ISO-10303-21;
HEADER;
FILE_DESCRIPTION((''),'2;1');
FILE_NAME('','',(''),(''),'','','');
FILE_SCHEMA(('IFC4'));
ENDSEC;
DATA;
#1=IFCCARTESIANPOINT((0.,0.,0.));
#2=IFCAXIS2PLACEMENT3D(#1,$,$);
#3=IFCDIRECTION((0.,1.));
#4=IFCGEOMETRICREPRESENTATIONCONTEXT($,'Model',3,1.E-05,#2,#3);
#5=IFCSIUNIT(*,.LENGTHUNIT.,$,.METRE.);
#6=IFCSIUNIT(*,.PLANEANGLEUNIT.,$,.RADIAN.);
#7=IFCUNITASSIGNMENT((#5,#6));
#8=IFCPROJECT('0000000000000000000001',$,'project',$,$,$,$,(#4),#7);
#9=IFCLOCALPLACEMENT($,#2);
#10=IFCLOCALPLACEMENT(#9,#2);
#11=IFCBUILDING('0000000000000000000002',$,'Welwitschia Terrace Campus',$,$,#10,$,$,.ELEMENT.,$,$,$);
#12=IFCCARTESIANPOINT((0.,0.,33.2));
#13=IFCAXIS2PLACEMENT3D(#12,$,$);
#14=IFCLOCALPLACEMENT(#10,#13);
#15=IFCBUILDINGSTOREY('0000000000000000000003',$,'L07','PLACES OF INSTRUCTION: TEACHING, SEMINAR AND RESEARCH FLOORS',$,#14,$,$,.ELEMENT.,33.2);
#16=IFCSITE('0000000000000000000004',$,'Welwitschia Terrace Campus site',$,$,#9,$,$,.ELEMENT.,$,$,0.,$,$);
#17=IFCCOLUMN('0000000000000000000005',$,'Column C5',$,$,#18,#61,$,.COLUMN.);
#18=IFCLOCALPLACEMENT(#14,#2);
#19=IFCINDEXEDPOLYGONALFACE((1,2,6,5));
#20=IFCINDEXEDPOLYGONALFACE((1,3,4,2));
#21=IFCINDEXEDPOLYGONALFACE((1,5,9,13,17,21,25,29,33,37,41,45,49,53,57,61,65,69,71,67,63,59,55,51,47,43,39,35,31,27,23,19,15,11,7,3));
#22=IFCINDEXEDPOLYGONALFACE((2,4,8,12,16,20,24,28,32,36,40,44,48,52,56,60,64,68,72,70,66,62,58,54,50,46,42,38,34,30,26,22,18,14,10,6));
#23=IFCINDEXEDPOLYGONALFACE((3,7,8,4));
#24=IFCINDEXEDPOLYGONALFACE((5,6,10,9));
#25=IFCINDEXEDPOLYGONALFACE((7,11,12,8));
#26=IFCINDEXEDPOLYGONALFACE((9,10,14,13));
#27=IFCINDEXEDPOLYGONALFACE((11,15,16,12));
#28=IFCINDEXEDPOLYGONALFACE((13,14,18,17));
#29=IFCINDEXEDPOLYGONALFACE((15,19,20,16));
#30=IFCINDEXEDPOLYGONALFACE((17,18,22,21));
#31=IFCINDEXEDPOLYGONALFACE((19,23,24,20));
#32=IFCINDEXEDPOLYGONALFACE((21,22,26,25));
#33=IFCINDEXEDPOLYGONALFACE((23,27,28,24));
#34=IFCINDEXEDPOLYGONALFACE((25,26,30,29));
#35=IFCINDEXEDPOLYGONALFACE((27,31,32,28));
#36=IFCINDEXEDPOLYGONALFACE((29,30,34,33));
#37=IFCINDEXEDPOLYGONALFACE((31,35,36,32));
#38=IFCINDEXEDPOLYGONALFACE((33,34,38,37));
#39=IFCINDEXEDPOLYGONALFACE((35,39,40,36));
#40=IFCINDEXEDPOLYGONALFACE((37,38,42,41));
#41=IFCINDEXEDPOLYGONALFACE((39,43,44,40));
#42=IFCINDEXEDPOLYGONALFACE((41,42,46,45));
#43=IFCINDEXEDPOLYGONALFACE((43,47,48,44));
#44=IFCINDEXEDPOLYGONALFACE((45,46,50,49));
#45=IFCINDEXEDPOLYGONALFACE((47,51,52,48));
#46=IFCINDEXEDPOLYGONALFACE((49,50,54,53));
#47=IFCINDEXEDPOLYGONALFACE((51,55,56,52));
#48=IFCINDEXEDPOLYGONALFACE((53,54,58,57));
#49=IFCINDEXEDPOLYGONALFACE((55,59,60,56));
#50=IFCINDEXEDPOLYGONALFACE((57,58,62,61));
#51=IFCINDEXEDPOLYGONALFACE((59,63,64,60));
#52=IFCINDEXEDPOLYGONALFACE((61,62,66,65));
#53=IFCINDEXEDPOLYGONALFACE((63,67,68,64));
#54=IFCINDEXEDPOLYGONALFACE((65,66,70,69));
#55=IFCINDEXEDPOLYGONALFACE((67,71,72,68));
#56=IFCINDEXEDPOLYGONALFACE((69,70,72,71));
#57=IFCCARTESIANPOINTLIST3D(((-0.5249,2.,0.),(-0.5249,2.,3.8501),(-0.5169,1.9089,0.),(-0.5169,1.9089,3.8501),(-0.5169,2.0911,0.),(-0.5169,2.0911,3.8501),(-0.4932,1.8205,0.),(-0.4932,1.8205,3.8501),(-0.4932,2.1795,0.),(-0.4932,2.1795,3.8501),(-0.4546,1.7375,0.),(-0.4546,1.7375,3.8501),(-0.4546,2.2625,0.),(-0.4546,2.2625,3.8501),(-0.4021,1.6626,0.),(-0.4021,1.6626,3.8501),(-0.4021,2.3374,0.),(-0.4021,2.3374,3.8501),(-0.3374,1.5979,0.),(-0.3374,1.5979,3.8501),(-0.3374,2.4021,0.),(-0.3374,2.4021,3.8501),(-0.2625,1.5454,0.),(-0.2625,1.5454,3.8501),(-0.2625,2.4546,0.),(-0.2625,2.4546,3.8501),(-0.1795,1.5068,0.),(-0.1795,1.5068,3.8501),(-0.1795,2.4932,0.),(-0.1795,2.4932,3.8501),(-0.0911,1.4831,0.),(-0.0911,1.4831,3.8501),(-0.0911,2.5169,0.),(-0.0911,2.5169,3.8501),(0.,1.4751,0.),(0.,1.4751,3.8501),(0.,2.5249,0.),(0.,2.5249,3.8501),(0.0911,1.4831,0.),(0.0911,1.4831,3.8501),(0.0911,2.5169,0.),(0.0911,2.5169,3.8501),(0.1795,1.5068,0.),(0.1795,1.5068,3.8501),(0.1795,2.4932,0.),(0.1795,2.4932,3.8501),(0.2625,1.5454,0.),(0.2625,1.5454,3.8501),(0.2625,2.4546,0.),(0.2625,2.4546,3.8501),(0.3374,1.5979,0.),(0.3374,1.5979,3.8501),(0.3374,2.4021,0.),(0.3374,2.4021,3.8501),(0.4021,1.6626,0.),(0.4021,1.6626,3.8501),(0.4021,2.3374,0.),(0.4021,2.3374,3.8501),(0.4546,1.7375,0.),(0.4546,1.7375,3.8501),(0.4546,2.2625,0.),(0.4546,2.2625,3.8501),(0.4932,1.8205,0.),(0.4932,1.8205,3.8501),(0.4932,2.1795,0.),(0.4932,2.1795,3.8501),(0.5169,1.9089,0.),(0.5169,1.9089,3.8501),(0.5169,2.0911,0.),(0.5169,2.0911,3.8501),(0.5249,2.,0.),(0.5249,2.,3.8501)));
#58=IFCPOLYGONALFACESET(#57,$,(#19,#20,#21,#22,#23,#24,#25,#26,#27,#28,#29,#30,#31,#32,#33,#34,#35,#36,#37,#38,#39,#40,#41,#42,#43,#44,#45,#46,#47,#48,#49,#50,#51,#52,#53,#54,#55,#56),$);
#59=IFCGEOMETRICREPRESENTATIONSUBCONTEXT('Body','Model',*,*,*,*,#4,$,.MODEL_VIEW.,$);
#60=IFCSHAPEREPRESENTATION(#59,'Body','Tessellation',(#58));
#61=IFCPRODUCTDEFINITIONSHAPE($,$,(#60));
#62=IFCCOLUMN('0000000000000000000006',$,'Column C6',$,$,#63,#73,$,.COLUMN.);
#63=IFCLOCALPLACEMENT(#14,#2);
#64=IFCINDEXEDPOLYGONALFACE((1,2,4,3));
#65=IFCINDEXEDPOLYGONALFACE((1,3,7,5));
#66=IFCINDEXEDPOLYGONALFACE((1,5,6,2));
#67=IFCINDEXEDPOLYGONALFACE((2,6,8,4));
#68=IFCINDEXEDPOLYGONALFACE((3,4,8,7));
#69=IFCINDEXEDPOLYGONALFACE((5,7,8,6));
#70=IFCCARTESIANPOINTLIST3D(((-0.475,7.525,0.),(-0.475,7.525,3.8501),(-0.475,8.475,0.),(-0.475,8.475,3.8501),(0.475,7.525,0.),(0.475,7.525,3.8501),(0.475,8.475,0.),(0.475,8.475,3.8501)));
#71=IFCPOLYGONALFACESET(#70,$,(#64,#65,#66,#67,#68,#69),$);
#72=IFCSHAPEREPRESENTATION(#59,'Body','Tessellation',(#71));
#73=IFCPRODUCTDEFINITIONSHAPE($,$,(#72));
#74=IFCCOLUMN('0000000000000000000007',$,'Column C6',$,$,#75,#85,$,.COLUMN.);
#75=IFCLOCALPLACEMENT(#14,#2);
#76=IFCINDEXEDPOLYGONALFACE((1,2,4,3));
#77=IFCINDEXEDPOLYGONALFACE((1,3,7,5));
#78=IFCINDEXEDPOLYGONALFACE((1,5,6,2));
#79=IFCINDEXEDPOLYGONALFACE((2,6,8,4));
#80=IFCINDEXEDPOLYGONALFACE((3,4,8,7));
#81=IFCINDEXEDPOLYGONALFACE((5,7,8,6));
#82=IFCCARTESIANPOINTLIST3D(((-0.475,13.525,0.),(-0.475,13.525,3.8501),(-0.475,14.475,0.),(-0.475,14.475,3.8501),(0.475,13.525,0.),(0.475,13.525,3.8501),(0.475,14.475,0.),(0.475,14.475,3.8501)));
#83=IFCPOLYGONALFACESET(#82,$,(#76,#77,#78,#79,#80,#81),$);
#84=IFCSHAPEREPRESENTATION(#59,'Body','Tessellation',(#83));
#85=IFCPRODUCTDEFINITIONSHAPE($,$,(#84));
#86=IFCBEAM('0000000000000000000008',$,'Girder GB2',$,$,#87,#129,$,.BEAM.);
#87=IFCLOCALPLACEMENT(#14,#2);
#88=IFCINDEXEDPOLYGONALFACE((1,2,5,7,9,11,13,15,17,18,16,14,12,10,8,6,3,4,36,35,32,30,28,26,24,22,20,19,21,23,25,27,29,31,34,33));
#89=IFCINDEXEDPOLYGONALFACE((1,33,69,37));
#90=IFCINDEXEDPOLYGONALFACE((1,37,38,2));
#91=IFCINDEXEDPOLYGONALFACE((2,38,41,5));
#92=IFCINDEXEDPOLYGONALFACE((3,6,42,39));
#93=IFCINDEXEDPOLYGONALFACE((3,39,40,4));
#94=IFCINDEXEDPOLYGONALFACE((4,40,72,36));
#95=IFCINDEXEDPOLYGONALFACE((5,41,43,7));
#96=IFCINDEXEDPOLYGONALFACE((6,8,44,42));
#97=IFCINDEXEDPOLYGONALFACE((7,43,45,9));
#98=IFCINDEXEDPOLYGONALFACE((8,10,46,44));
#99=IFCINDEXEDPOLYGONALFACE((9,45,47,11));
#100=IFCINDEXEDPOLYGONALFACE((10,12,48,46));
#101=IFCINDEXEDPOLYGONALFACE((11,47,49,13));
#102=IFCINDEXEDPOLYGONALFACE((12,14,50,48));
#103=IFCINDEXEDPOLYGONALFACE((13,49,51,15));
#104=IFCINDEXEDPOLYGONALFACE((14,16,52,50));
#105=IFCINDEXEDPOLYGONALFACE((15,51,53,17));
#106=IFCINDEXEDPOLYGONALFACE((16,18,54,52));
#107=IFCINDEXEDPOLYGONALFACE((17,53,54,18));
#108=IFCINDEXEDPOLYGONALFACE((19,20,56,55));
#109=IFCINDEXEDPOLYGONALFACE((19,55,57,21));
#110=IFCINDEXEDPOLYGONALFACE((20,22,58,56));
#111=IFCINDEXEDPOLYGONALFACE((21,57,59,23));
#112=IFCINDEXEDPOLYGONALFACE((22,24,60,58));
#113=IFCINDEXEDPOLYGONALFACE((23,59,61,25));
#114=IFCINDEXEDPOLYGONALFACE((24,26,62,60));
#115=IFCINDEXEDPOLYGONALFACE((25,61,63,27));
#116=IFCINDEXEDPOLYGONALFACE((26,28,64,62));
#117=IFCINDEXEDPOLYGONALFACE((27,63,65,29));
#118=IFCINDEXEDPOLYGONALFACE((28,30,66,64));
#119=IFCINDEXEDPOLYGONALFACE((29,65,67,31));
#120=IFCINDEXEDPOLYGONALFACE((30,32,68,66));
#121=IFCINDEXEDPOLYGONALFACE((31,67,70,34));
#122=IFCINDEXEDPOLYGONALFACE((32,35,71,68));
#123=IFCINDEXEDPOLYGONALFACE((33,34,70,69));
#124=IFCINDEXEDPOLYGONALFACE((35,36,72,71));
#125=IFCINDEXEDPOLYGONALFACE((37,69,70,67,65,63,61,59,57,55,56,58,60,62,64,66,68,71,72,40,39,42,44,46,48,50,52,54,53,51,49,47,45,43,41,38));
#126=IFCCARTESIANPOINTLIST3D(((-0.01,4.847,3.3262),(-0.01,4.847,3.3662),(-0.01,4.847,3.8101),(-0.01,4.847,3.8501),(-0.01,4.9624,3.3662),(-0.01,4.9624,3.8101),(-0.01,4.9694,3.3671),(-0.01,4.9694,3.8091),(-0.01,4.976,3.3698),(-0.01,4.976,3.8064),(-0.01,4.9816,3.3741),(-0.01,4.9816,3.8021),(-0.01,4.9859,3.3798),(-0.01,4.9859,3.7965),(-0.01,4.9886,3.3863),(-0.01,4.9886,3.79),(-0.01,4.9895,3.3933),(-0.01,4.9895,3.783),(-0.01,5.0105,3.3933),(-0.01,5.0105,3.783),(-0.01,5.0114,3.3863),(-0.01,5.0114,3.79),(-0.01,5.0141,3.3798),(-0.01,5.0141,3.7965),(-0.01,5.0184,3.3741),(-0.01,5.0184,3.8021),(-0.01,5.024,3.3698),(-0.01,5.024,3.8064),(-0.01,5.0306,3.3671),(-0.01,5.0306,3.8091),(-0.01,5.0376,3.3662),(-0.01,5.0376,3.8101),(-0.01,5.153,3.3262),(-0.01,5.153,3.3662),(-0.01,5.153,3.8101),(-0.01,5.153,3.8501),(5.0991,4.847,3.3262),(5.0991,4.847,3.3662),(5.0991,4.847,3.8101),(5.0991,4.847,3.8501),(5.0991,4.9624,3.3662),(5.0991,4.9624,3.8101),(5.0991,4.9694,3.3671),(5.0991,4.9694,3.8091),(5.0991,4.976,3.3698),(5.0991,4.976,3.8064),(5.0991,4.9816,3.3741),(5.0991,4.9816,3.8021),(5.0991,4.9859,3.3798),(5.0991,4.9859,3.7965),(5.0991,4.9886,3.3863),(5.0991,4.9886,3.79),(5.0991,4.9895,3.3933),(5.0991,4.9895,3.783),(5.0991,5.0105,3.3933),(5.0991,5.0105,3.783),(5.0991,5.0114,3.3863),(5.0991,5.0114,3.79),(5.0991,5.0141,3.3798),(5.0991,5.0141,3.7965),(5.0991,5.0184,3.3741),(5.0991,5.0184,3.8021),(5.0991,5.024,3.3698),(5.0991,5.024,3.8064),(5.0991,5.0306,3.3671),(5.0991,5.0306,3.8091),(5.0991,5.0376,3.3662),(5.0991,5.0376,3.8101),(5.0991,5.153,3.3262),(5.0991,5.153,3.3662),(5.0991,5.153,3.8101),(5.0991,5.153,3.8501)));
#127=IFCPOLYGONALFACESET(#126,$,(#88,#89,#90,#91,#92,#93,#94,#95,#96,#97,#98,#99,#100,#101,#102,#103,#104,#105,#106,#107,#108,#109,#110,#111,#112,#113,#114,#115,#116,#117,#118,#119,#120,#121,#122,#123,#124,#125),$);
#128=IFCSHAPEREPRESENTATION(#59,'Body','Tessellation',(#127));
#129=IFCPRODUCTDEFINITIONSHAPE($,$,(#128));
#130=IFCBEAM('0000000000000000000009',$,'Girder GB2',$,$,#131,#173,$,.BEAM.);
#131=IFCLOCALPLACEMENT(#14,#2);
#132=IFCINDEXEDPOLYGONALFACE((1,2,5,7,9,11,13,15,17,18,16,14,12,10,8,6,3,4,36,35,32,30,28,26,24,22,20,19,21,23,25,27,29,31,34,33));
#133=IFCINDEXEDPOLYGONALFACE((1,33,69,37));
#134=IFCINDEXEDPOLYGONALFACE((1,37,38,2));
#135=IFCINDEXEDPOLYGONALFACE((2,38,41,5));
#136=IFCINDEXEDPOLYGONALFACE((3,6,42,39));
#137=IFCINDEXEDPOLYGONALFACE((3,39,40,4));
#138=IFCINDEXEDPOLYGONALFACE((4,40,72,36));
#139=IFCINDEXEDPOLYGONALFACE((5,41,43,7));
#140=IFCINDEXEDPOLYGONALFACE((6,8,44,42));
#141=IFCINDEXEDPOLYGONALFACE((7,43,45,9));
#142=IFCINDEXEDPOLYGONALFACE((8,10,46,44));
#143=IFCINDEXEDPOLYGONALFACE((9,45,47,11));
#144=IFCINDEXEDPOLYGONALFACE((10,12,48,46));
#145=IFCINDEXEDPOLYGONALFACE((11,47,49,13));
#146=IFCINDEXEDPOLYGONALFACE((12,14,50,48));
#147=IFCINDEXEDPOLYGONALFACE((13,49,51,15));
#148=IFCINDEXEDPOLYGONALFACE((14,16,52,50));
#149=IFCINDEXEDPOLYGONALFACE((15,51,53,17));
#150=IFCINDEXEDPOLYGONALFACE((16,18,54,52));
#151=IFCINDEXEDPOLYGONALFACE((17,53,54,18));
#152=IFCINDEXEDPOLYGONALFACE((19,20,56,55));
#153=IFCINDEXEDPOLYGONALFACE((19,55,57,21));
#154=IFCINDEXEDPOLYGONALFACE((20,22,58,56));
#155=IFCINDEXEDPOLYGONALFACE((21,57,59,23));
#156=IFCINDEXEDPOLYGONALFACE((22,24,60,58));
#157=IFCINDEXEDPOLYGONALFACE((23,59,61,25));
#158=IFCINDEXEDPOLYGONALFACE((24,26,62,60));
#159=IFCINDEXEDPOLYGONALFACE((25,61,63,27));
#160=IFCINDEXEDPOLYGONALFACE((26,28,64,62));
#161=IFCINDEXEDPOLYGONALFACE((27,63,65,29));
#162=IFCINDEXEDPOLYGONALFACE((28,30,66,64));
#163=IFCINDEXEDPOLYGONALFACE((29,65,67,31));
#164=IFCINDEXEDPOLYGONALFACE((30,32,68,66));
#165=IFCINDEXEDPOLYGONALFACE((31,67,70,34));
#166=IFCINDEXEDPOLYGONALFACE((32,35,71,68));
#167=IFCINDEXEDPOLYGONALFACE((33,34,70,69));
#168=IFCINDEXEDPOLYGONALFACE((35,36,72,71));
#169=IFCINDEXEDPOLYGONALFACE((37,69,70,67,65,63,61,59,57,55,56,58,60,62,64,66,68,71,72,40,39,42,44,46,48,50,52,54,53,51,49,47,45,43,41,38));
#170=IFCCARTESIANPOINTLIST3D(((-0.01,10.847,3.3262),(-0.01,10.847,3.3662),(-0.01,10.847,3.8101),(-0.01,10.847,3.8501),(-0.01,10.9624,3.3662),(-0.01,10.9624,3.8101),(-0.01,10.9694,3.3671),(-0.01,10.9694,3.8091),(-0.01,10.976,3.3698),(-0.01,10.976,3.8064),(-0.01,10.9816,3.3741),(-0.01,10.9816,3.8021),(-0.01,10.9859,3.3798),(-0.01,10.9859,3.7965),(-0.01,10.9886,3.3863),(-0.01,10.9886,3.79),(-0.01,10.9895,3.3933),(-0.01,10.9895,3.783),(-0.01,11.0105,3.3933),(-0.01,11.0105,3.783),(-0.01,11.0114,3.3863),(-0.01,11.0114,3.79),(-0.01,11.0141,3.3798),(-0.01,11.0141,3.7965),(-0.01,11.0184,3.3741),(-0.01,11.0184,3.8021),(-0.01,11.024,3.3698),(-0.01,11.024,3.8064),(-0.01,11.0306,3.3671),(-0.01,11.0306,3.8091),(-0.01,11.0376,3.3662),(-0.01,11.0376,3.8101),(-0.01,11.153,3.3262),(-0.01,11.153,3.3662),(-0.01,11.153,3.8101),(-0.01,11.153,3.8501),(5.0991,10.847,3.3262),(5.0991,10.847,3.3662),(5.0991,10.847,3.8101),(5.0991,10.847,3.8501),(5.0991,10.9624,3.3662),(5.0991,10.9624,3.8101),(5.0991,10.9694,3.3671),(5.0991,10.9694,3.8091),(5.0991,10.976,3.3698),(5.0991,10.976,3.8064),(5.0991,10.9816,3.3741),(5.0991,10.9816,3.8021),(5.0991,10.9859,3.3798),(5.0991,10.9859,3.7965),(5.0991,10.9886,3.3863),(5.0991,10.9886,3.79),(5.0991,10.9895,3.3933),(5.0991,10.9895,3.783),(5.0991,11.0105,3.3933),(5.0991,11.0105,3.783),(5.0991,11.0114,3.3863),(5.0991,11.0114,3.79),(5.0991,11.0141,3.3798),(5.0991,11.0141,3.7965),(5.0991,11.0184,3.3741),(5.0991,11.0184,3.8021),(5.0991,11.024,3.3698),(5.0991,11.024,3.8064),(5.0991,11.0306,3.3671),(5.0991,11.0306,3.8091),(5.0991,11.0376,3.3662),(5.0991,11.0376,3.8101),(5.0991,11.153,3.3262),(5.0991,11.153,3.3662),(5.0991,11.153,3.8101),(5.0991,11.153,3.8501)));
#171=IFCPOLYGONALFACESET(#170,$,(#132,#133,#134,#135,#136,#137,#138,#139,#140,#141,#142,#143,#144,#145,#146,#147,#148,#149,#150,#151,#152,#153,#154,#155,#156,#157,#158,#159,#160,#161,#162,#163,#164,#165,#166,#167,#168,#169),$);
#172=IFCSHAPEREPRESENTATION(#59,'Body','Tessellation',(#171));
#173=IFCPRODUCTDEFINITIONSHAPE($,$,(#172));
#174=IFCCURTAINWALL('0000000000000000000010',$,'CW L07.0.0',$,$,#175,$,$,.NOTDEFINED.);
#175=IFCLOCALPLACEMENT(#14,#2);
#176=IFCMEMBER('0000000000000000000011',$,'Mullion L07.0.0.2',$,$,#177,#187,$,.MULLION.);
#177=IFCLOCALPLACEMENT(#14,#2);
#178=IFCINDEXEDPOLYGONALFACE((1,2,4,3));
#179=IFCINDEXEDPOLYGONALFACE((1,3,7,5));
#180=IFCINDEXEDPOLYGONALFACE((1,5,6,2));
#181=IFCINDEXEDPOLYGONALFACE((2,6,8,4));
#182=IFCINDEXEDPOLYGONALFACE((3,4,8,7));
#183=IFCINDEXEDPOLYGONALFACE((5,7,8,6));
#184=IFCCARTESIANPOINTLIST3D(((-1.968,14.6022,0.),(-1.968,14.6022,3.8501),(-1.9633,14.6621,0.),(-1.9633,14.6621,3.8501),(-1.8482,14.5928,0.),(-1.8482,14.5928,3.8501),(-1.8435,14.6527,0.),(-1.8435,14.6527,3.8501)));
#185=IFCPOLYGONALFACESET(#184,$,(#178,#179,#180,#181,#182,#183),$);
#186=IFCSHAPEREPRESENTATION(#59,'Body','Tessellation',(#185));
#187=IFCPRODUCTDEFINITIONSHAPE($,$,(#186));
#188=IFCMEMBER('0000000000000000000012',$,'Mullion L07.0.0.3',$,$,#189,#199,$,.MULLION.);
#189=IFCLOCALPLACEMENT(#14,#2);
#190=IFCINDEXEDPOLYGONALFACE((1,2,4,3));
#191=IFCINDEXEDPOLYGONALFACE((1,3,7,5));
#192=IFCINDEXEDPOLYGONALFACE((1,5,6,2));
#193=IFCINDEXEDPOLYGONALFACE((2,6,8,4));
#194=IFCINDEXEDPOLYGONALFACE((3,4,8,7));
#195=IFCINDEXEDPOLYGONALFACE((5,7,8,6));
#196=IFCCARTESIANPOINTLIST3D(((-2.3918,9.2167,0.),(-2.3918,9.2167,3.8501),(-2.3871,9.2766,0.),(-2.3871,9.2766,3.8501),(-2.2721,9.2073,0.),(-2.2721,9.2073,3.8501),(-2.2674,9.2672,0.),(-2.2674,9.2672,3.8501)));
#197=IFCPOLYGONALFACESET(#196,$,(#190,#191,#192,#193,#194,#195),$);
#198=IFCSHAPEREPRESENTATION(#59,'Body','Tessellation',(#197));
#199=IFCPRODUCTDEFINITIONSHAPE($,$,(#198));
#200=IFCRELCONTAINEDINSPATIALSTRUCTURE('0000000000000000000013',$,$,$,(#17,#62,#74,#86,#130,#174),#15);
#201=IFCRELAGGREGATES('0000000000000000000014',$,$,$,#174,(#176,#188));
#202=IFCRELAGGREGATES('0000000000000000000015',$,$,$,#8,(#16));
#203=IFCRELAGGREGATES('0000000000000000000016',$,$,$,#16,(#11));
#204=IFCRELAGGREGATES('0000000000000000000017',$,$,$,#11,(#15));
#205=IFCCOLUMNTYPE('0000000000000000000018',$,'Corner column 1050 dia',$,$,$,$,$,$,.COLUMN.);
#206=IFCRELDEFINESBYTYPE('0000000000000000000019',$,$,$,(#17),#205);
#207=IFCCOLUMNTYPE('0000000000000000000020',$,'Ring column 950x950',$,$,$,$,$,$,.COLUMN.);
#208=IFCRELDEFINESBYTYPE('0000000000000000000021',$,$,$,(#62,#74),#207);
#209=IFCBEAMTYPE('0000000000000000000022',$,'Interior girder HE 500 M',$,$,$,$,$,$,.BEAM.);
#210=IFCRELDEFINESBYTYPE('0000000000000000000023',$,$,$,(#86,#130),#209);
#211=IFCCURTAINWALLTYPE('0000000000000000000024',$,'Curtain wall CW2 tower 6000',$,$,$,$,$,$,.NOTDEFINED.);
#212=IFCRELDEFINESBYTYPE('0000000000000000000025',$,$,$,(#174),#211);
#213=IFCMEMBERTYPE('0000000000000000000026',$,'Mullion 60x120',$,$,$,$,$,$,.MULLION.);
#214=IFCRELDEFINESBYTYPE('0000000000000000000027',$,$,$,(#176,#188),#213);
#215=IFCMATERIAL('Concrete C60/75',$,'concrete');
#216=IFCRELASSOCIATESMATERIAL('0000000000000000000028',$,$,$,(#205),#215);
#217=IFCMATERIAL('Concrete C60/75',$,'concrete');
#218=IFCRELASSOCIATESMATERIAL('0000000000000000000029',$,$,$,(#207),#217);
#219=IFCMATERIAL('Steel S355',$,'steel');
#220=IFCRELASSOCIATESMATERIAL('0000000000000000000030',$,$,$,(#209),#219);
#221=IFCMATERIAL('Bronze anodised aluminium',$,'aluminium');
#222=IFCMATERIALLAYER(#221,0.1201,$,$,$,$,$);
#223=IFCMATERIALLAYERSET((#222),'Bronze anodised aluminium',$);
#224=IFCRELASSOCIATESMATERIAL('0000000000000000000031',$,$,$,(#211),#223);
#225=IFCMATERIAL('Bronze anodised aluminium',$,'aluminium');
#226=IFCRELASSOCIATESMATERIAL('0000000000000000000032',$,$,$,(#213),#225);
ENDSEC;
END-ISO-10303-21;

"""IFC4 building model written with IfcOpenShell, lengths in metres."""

from ifc_helpers import new_model, si_unit, direction, frame, origin, origin_2d, place, context, subcontext, project, spatial, rectangle, circle, i_section, extrude, material, layer, layer_set, material_profile, profile_set, type_object, element, aggregate, save


model = new_model("IFC4")

# Units and contexts
model_context = context("Model", 3, precision=1e-05, world=origin(), true_north=direction((0.0, 1.0)))
body_context = subcontext(model_context, "Body", "Model", "MODEL_VIEW")
ifc_project = project(units=[si_unit("LENGTHUNIT", "METRE"), si_unit("PLANEANGLEUNIT", "RADIAN")], contexts=[model_context])

# Site, building, storey
site_placement = place(None, origin())
site = spatial("IfcSite", under=ifc_project, at=site_placement, Name="Welwitschia Terrace Campus site", CompositionType="ELEMENT", RefElevation=0.0)
building_placement = place(site_placement, origin())
building = spatial("IfcBuilding", under=site, at=building_placement, Name="Welwitschia Terrace Campus", CompositionType="ELEMENT")
storey_placement = place(building_placement, frame((0.0, 0.0, 33.2)))
storey = spatial("IfcBuildingStorey", under=building, at=storey_placement, Name="L07", Description="PLACES OF INSTRUCTION: TEACHING, SEMINAR AND RESEARCH FLOORS", CompositionType="ELEMENT", Elevation=33.2)

# Columns
ifc_material_1 = material(Name="Concrete C60/75", Category="concrete")
ifc_material_profile_1 = material_profile(ifc_material_1, circle(Radius=0.5249, at=origin_2d()))
ifc_profile_set_1 = profile_set([ifc_material_profile_1], Name="Concrete C60/75")
column_type_1 = type_object("IfcColumnType", Name="Corner column 1050 dia", PredefinedType="COLUMN", material=ifc_profile_set_1)
column_placement = place(storey_placement, frame((0.0, 2.0, 0.0), z_axis=(0.0, 0.0, 1.0), x_axis=(1.0, 0.0, 0.0)))
element("IfcColumn", 1, at=column_placement, inside=storey, type_object=column_type_1, Name="Column C5", PredefinedType="COLUMN", context=body_context, shape_type="SweptSolid", body=[
    extrude(circle(Radius=0.5249, at=origin_2d()), origin(), (0.0, 0.0, 1.0), 3.8501),
])
ifc_material_2 = material(Name="Concrete C60/75", Category="concrete")
ifc_material_profile_2 = material_profile(ifc_material_2, rectangle(XDim=0.95, YDim=0.95, at=origin_2d()))
ifc_profile_set_2 = profile_set([ifc_material_profile_2], Name="Concrete C60/75")
column_type_2 = type_object("IfcColumnType", Name="Ring column 950x950", PredefinedType="COLUMN", material=ifc_profile_set_2)
for number, where, z_axis, x_axis, name in (
    (2, (0.0, 8.0, 0.0), (0.0, 0.0, 1.0), (1.0, 0.0, 0.0), "Column C6"),
    (3, (0.0, 14.0, 0.0), (0.0, 0.0, 1.0), (1.0, 0.0, 0.0), "Column C6"),
):
    element("IfcColumn", number, at=place(storey_placement, frame(where, z_axis=z_axis, x_axis=x_axis)), inside=storey, type_object=column_type_2, Name=name, PredefinedType="COLUMN", context=body_context, shape_type="SweptSolid", body=[
        extrude(rectangle(XDim=0.95, YDim=0.95, at=origin_2d()), origin(), (0.0, 0.0, 1.0), 3.8501),
    ])

# Beams
ifc_material_3 = material(Name="Steel S355", Category="steel")
ifc_material_profile_3 = material_profile(ifc_material_3, i_section(OverallWidth=0.3059, OverallDepth=0.5239, WebThickness=0.021, FlangeThickness=0.04, FilletRadius=0.0271, at=origin_2d()))
ifc_profile_set_3 = profile_set([ifc_material_profile_3], Name="Steel S355")
beam_type_1 = type_object("IfcBeamType", Name="Interior girder HE 500 M", PredefinedType="BEAM", material=ifc_profile_set_3)
for number, where, z_axis, x_axis, name in (
    (4, (-0.01, 5.0, 3.5881), (1.0, 0.0, 0.0), (0.0, 1.0, 0.0), "Girder GB2"),
    (5, (-0.01, 11.0, 3.5881), (1.0, 0.0, 0.0), (0.0, 1.0, 0.0), "Girder GB2"),
):
    element("IfcBeam", number, at=place(storey_placement, frame(where, z_axis=z_axis, x_axis=x_axis)), inside=storey, type_object=beam_type_1, Name=name, PredefinedType="BEAM", context=body_context, shape_type="SweptSolid", body=[
        extrude(i_section(OverallWidth=0.3059, OverallDepth=0.5239, WebThickness=0.021, FlangeThickness=0.04, FilletRadius=0.0271, at=origin_2d()), origin(), (0.0, 0.0, 1.0), 5.1091),
    ])

# Curtain wall, members
ifc_material_4 = material(Name="Bronze anodised aluminium", Category="aluminium")
ifc_layer_1 = layer(ifc_material_4, 0.1201)
ifc_layer_set_1 = layer_set([ifc_layer_1], Name="Bronze anodised aluminium")
curtain_wall_type = type_object("IfcCurtainWallType", Name="Curtain wall CW2 tower 6000", PredefinedType="NOTDEFINED", material=ifc_layer_set_1)
curtain_wall_1_placement = place(storey_placement, origin())
curtain_wall_1 = element("IfcCurtainWall", 6, at=curtain_wall_1_placement, inside=storey, type_object=curtain_wall_type, Name="CW L07.0.0", PredefinedType="NOTDEFINED")
ifc_material_5 = material(Name="Bronze anodised aluminium", Category="aluminium")
ifc_material_profile_4 = material_profile(ifc_material_5, rectangle(XDim=0.1201, YDim=0.0601, at=origin_2d()))
ifc_profile_set_4 = profile_set([ifc_material_profile_4], Name="Bronze anodised aluminium")
member_type_1 = type_object("IfcMemberType", Name="Mullion 60x120", PredefinedType="MULLION", material=ifc_profile_set_4)
member_1_placement = place(storey_placement, frame((-1.9058, 14.6274, 0.0), z_axis=(0.0, 0.0, 1.0), x_axis=(0.996917, -0.078459, 0.0)))
member_1 = element("IfcMember", 7, at=member_1_placement, type_object=member_type_1, Name="Mullion L07.0.0.2", PredefinedType="MULLION", context=body_context, shape_type="SweptSolid", body=[
    extrude(rectangle(XDim=0.1201, YDim=0.0601, at=origin_2d()), origin(), (0.0, 0.0, 1.0), 3.8501),
])
member_2_placement = place(storey_placement, frame((-2.3296, 9.2419, 0.0), z_axis=(0.0, 0.0, 1.0), x_axis=(0.996917, -0.078459, 0.0)))
member_2 = element("IfcMember", 8, at=member_2_placement, type_object=member_type_1, Name="Mullion L07.0.0.3", PredefinedType="MULLION", context=body_context, shape_type="SweptSolid", body=[
    extrude(rectangle(XDim=0.1201, YDim=0.0601, at=origin_2d()), origin(), (0.0, 0.0, 1.0), 3.8501),
])

aggregate(curtain_wall_1, [member_1, member_2])

save(model, "model.ifc")
